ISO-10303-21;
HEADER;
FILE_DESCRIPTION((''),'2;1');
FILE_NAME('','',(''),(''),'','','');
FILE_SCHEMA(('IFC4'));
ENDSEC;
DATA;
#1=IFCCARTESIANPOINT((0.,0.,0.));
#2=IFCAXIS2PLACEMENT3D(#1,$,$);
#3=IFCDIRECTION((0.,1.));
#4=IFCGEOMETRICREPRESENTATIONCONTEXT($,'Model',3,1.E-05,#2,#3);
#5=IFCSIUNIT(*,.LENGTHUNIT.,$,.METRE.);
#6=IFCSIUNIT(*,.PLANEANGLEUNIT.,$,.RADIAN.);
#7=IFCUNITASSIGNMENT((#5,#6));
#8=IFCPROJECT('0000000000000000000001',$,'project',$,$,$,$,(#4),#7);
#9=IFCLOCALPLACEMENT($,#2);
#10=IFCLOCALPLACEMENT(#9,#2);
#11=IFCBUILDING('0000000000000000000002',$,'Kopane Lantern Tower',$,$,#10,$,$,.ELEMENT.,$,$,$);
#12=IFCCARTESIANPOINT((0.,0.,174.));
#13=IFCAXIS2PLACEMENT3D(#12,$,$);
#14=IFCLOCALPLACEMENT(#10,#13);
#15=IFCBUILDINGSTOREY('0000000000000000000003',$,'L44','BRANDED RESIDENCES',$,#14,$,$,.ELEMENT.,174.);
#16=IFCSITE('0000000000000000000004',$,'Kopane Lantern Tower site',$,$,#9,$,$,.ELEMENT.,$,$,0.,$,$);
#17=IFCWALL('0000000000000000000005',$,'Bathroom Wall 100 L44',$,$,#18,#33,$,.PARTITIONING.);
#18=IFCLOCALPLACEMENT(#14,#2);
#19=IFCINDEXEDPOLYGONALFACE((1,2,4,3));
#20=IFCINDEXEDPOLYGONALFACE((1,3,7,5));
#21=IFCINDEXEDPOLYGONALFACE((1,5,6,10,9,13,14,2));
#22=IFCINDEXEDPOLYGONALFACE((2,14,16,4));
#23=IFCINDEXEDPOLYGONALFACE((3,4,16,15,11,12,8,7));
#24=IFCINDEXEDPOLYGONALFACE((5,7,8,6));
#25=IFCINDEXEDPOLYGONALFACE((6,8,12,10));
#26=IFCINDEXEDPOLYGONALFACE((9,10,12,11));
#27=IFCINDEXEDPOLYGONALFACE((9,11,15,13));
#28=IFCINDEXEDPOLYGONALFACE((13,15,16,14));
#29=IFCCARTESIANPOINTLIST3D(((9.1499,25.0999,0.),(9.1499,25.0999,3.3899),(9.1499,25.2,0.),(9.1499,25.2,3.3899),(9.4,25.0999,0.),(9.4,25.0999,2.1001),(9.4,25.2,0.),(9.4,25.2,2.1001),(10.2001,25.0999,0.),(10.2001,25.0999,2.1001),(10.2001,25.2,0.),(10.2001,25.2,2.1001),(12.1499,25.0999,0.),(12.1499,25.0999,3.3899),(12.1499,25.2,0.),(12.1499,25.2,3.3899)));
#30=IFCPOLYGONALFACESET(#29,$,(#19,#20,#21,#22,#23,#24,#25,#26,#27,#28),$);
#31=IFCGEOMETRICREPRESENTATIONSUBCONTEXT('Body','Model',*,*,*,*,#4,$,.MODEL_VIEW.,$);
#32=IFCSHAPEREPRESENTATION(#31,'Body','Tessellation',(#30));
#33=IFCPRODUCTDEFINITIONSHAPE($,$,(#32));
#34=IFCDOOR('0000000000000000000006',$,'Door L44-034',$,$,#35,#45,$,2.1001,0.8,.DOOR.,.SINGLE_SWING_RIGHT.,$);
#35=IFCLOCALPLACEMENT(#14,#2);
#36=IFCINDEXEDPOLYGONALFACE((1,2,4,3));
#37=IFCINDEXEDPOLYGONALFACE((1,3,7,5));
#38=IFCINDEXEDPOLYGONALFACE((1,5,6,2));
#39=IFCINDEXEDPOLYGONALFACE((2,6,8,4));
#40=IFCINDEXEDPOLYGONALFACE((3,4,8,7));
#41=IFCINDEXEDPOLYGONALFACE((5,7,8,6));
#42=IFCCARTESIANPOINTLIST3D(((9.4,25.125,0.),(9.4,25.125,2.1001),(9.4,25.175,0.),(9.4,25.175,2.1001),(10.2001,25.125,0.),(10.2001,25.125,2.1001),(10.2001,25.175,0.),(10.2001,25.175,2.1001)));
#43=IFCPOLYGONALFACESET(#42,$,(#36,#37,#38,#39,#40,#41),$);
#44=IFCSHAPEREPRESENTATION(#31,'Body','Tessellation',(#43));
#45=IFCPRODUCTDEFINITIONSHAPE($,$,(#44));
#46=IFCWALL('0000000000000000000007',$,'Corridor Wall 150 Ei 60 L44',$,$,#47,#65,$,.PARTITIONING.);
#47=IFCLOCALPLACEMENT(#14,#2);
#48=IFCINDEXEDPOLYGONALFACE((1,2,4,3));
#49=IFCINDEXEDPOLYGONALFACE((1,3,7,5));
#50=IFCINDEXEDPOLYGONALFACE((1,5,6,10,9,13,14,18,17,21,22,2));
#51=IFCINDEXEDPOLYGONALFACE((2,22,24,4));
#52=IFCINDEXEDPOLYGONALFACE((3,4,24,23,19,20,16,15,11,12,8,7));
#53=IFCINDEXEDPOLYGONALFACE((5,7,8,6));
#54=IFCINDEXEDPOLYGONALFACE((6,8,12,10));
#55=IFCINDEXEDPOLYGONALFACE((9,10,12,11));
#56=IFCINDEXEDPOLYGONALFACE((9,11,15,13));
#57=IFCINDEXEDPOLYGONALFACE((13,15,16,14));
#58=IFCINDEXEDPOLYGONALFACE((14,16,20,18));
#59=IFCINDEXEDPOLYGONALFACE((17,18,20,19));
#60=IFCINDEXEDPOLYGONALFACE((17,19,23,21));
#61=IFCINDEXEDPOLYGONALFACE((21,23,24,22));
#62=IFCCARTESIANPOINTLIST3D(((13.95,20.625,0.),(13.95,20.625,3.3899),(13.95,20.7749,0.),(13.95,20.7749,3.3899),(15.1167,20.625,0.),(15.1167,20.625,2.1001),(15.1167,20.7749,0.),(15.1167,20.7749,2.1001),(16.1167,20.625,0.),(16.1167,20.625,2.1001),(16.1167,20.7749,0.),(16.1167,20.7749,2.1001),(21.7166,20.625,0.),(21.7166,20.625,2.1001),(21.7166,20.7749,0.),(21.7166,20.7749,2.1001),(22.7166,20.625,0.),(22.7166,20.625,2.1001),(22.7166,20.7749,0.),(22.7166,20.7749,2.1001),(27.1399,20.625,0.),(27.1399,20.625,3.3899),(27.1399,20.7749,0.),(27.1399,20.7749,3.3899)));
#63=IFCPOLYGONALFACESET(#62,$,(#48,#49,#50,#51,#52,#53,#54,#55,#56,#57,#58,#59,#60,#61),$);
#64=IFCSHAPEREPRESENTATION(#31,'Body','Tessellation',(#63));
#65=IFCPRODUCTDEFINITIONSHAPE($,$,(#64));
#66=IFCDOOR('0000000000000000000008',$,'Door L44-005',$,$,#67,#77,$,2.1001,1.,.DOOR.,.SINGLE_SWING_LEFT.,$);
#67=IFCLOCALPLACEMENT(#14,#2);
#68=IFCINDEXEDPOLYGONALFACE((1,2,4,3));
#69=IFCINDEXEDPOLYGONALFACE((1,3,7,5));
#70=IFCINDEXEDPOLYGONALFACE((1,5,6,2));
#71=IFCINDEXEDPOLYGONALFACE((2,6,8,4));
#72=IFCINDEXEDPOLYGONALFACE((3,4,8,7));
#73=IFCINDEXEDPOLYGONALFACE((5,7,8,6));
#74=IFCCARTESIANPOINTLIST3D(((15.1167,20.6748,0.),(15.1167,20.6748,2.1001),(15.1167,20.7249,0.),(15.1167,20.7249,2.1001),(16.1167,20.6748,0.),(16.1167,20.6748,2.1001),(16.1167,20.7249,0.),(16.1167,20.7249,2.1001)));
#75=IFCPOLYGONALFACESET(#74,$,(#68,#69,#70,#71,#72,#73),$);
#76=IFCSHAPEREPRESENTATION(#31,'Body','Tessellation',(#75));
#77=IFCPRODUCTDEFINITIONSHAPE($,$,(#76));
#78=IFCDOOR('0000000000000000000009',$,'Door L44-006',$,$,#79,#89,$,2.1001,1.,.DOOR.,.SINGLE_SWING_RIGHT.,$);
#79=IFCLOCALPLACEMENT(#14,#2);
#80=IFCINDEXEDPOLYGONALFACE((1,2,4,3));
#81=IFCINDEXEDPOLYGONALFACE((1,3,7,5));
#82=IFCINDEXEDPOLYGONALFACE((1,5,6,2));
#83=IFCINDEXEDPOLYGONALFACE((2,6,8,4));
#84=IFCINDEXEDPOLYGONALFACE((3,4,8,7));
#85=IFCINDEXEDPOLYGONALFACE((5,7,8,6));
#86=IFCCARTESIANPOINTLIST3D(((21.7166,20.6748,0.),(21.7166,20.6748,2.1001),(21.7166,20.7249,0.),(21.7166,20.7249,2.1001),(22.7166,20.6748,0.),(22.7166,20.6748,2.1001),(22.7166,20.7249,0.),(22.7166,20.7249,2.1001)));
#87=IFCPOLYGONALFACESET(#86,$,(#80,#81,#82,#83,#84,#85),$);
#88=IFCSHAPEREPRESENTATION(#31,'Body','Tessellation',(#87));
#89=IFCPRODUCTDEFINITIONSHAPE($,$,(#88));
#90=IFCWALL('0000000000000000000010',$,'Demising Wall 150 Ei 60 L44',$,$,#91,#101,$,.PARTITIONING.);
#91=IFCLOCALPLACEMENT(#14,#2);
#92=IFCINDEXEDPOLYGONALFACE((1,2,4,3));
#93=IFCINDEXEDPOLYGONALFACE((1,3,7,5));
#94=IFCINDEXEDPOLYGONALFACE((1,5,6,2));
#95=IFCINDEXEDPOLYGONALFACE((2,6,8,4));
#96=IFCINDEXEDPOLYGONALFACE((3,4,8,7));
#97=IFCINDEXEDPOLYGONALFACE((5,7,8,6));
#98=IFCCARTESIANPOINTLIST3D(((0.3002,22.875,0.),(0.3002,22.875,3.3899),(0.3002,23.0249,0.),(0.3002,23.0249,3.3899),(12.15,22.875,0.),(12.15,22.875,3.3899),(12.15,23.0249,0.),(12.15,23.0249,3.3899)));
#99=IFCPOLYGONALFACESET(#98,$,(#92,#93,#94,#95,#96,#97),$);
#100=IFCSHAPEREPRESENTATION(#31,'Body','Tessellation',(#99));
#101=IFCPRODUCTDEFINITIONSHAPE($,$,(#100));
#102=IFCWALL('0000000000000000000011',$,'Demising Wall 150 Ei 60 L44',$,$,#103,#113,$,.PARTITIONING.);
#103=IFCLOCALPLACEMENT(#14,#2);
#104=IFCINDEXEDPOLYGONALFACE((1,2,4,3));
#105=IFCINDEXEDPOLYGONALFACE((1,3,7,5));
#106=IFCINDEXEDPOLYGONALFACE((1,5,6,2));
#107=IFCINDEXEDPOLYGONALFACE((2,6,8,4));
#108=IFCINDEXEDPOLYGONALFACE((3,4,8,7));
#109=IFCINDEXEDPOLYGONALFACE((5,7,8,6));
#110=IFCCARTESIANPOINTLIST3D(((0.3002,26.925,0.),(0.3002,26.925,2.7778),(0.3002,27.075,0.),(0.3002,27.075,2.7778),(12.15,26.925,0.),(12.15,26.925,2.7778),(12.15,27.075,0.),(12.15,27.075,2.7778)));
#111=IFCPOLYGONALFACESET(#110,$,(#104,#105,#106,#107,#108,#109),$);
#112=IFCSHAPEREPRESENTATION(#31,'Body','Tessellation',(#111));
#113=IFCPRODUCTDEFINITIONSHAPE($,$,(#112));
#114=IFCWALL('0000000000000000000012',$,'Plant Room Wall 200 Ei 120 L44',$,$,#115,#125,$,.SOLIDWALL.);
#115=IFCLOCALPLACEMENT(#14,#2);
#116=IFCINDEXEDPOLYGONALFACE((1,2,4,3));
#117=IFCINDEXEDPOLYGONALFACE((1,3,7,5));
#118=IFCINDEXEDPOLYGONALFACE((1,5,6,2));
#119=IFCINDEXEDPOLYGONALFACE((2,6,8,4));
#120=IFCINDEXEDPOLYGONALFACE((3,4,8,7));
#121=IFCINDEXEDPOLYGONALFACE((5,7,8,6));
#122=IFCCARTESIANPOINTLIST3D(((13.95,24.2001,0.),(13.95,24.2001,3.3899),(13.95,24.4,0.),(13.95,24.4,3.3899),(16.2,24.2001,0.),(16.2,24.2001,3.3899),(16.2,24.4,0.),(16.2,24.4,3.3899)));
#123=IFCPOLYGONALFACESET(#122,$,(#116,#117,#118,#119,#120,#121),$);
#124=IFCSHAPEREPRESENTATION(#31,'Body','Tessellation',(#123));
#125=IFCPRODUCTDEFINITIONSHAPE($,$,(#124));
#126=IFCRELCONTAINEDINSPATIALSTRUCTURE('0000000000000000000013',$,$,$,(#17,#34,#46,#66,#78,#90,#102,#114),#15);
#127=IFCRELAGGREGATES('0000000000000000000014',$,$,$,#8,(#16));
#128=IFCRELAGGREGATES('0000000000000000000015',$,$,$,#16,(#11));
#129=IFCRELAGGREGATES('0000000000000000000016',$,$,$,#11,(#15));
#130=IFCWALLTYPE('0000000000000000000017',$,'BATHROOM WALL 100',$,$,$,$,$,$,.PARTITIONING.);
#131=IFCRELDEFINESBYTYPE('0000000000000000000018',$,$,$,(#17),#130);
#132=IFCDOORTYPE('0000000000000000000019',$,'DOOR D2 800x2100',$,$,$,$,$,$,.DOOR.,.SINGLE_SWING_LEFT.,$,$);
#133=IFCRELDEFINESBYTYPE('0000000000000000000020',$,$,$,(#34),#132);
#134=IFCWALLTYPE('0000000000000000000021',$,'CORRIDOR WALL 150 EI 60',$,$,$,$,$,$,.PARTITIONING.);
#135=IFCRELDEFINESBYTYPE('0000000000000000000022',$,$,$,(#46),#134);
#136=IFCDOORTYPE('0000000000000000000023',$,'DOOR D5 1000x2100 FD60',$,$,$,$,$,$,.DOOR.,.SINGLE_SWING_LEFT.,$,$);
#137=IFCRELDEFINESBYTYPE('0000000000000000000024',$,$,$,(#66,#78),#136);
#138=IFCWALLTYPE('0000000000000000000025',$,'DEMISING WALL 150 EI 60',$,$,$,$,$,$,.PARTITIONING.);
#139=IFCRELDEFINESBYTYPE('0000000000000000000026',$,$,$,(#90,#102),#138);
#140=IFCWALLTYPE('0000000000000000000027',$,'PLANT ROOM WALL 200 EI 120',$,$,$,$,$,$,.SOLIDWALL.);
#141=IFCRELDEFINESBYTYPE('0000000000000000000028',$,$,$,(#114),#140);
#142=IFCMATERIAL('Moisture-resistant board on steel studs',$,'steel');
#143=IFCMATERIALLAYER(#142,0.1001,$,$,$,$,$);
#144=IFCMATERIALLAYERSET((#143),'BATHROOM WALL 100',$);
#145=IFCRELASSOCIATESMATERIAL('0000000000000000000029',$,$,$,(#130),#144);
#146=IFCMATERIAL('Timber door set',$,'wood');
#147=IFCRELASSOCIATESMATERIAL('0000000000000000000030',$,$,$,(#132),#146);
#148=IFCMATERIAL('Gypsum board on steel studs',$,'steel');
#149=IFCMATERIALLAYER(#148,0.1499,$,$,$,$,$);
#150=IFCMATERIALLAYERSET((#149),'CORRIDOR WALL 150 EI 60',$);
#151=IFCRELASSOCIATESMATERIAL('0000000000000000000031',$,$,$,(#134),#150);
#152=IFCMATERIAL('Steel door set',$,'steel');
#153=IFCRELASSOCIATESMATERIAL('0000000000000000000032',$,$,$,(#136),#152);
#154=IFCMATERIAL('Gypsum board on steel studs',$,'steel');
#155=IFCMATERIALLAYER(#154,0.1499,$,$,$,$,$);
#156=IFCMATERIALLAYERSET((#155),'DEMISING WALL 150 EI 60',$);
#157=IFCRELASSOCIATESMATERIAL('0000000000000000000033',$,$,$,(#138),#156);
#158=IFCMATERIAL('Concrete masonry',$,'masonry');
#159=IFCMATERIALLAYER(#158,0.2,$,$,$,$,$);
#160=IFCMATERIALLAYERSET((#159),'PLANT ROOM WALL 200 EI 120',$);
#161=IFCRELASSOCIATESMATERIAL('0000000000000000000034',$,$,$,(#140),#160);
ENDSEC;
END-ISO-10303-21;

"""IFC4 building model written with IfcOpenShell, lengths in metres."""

from ifc_helpers import new_model, si_unit, direction, frame, frame_2d, origin, place, context, subcontext, project, spatial, rectangle, extrude, material, layer, layer_set, type_object, element, fill, save


model = new_model("IFC4")

# Units and contexts
model_context = context("Model", 3, precision=1e-05, world=origin(), true_north=direction((0.0, 1.0)))
body_context = subcontext(model_context, "Body", "Model", "MODEL_VIEW")
ifc_project = project(units=[si_unit("LENGTHUNIT", "METRE"), si_unit("PLANEANGLEUNIT", "RADIAN")], contexts=[model_context])

# Site, building, storey
site_placement = place(None, origin())
site = spatial("IfcSite", under=ifc_project, at=site_placement, Name="Kopane Lantern Tower site", CompositionType="ELEMENT", RefElevation=0.0)
building_placement = place(site_placement, origin())
building = spatial("IfcBuilding", under=site, at=building_placement, Name="Kopane Lantern Tower", CompositionType="ELEMENT")
storey_placement = place(building_placement, frame((0.0, 0.0, 174.0)))
storey = spatial("IfcBuildingStorey", under=building, at=storey_placement, Name="L44", Description="BRANDED RESIDENCES", CompositionType="ELEMENT", Elevation=174.0)

# Wall, opening, door
ifc_material_1 = material(Name="Moisture-resistant board on steel studs", Category="steel")
ifc_layer_1 = layer(ifc_material_1, 0.1001)
ifc_layer_set_1 = layer_set([ifc_layer_1], Name="BATHROOM WALL 100")
wall_type_1 = type_object("IfcWallType", Name="BATHROOM WALL 100", PredefinedType="PARTITIONING", material=ifc_layer_set_1)
ifc_material_2 = material(Name="Timber door set", Category="wood")
door_type_1 = type_object("IfcDoorType", Name="DOOR D2 800x2100", OperationType="SINGLE_SWING_LEFT", PredefinedType="DOOR", material=ifc_material_2)
wall_1_placement = place(storey_placement, frame((12.1499, 25.1499, 0.0), z_axis=(0.0, 0.0, 1.0), x_axis=(-1.0, 0.0, 0.0)))
wall_1 = element("IfcWall", 1, at=wall_1_placement, inside=storey, type_object=wall_type_1, Name="Bathroom Wall 100 L44", PredefinedType="PARTITIONING", context=body_context, shape_type="SweptSolid", body=[
    extrude(rectangle(XDim=3.0, YDim=0.1001, at=frame_2d((1.5, 0.0))), origin(), (0.0, 0.0, 1.0), 3.3899),
])
opening_1_placement = place(wall_1_placement, frame((1.95, 0.0, 0.0)))
opening_1 = element("IfcOpeningElement", 2, at=opening_1_placement, cuts=wall_1, PredefinedType="OPENING", context=body_context, shape_type="SweptSolid", body=[
    extrude(rectangle(XDim=0.8, YDim=2.1001, at=frame_2d((0.3999, 1.05))), frame((0.0, 0.0601, 0.0), z_axis=(0.0, -1.0, 0.0), x_axis=(1.0, 0.0, 0.0)), (0.0, 0.0, 1.0), 0.1201),
])
door_1_placement = place(opening_1_placement, origin())
door_1 = element("IfcDoor", 3, at=door_1_placement, inside=storey, type_object=door_type_1, Name="Door L44-034", OperationType="SINGLE_SWING_RIGHT", OverallHeight=2.1001, OverallWidth=0.8, PredefinedType="DOOR", context=body_context, shape_type="SweptSolid", body=[
    extrude(rectangle(XDim=0.8, YDim=2.1001, at=frame_2d((0.3999, 1.05))), frame((0.0, 0.0249, 0.0), z_axis=(0.0, -1.0, 0.0), x_axis=(1.0, 0.0, 0.0)), (0.0, 0.0, 1.0), 0.05),
])
fill(opening_1, door_1)

# Wall, openings, doors
ifc_material_3 = material(Name="Gypsum board on steel studs", Category="steel")
ifc_layer_2 = layer(ifc_material_3, 0.1499)
ifc_layer_set_2 = layer_set([ifc_layer_2], Name="CORRIDOR WALL 150 EI 60")
wall_type_2 = type_object("IfcWallType", Name="CORRIDOR WALL 150 EI 60", PredefinedType="PARTITIONING", material=ifc_layer_set_2)
wall_2_placement = place(storey_placement, frame((13.95, 20.7, 0.0), z_axis=(0.0, 0.0, 1.0), x_axis=(1.0, 0.0, 0.0)))
wall_2 = element("IfcWall", 4, at=wall_2_placement, inside=storey, type_object=wall_type_2, Name="Corridor Wall 150 Ei 60 L44", PredefinedType="PARTITIONING", context=body_context, shape_type="SweptSolid", body=[
    extrude(rectangle(XDim=13.1899, YDim=0.1499, at=frame_2d((6.595, 0.0))), origin(), (0.0, 0.0, 1.0), 3.3899),
])
opening_2_placement = place(wall_2_placement, frame((1.1667, 0.0, 0.0)))
opening_2 = element("IfcOpeningElement", 5, at=opening_2_placement, cuts=wall_2, PredefinedType="OPENING", context=body_context, shape_type="SweptSolid", body=[
    extrude(rectangle(XDim=1.0, YDim=2.1001, at=frame_2d((0.5, 1.05))), frame((0.0, 0.085, 0.0), z_axis=(0.0, -1.0, 0.0), x_axis=(1.0, 0.0, 0.0)), (0.0, 0.0, 1.0), 0.1699),
])
opening_3_placement = place(wall_2_placement, frame((7.7666, 0.0, 0.0)))
opening_3 = element("IfcOpeningElement", 6, at=opening_3_placement, cuts=wall_2, PredefinedType="OPENING", context=body_context, shape_type="SweptSolid", body=[
    extrude(rectangle(XDim=1.0, YDim=2.1001, at=frame_2d((0.5, 1.05))), frame((0.0, 0.085, 0.0), z_axis=(0.0, -1.0, 0.0), x_axis=(1.0, 0.0, 0.0)), (0.0, 0.0, 1.0), 0.1699),
])
ifc_material_4 = material(Name="Steel door set", Category="steel")
door_type_2 = type_object("IfcDoorType", Name="DOOR D5 1000x2100 FD60", OperationType="SINGLE_SWING_LEFT", PredefinedType="DOOR", material=ifc_material_4)
door_2_placement = place(opening_2_placement, origin())
door_2 = element("IfcDoor", 7, at=door_2_placement, inside=storey, type_object=door_type_2, Name="Door L44-005", OperationType="SINGLE_SWING_LEFT", OverallHeight=2.1001, OverallWidth=1.0, PredefinedType="DOOR", context=body_context, shape_type="SweptSolid", body=[
    extrude(rectangle(XDim=1.0, YDim=2.1001, at=frame_2d((0.5, 1.05))), frame((0.0, 0.0249, 0.0), z_axis=(0.0, -1.0, 0.0), x_axis=(1.0, 0.0, 0.0)), (0.0, 0.0, 1.0), 0.05),
])
fill(opening_2, door_2)
door_3_placement = place(opening_3_placement, origin())
door_3 = element("IfcDoor", 8, at=door_3_placement, inside=storey, type_object=door_type_2, Name="Door L44-006", OperationType="SINGLE_SWING_RIGHT", OverallHeight=2.1001, OverallWidth=1.0, PredefinedType="DOOR", context=body_context, shape_type="SweptSolid", body=[
    extrude(rectangle(XDim=1.0, YDim=2.1001, at=frame_2d((0.5, 1.05))), frame((0.0, 0.0249, 0.0), z_axis=(0.0, -1.0, 0.0), x_axis=(1.0, 0.0, 0.0)), (0.0, 0.0, 1.0), 0.05),
])
fill(opening_3, door_3)

# Walls
ifc_material_5 = material(Name="Gypsum board on steel studs", Category="steel")
ifc_layer_3 = layer(ifc_material_5, 0.1499)
ifc_layer_set_3 = layer_set([ifc_layer_3], Name="DEMISING WALL 150 EI 60")
wall_type_3 = type_object("IfcWallType", Name="DEMISING WALL 150 EI 60", PredefinedType="PARTITIONING", material=ifc_layer_set_3)
wall_3_placement = place(storey_placement, frame((12.1499, 22.95, 0.0), z_axis=(0.0, 0.0, 1.0), x_axis=(-1.0, 0.0, 0.0)))
element("IfcWall", 9, at=wall_3_placement, inside=storey, type_object=wall_type_3, Name="Demising Wall 150 Ei 60 L44", PredefinedType="PARTITIONING", context=body_context, shape_type="SweptSolid", body=[
    extrude(rectangle(XDim=11.8499, YDim=0.1499, at=frame_2d((5.9248, 0.0))), origin(), (0.0, 0.0, 1.0), 3.3899),
])
wall_4_placement = place(storey_placement, frame((12.1499, 27.0, 0.0), z_axis=(0.0, 0.0, 1.0), x_axis=(-1.0, 0.0, 0.0)))
element("IfcWall", 10, at=wall_4_placement, inside=storey, type_object=wall_type_3, Name="Demising Wall 150 Ei 60 L44", PredefinedType="PARTITIONING", context=body_context, shape_type="SweptSolid", body=[
    extrude(rectangle(XDim=11.8499, YDim=0.1499, at=frame_2d((5.9248, 0.0))), origin(), (0.0, 0.0, 1.0), 2.7778),
])
ifc_material_6 = material(Name="Concrete masonry", Category="masonry")
ifc_layer_4 = layer(ifc_material_6, 0.2)
ifc_layer_set_4 = layer_set([ifc_layer_4], Name="PLANT ROOM WALL 200 EI 120")
wall_type_4 = type_object("IfcWallType", Name="PLANT ROOM WALL 200 EI 120", PredefinedType="SOLIDWALL", material=ifc_layer_set_4)
wall_5_placement = place(storey_placement, frame((13.95, 24.3, 0.0), z_axis=(0.0, 0.0, 1.0), x_axis=(1.0, 0.0, 0.0)))
element("IfcWall", 11, at=wall_5_placement, inside=storey, type_object=wall_type_4, Name="Plant Room Wall 200 Ei 120 L44", PredefinedType="SOLIDWALL", context=body_context, shape_type="SweptSolid", body=[
    extrude(rectangle(XDim=2.25, YDim=0.2, at=frame_2d((1.125, 0.0))), origin(), (0.0, 0.0, 1.0), 3.3899),
])

save(model, "model.ifc")
